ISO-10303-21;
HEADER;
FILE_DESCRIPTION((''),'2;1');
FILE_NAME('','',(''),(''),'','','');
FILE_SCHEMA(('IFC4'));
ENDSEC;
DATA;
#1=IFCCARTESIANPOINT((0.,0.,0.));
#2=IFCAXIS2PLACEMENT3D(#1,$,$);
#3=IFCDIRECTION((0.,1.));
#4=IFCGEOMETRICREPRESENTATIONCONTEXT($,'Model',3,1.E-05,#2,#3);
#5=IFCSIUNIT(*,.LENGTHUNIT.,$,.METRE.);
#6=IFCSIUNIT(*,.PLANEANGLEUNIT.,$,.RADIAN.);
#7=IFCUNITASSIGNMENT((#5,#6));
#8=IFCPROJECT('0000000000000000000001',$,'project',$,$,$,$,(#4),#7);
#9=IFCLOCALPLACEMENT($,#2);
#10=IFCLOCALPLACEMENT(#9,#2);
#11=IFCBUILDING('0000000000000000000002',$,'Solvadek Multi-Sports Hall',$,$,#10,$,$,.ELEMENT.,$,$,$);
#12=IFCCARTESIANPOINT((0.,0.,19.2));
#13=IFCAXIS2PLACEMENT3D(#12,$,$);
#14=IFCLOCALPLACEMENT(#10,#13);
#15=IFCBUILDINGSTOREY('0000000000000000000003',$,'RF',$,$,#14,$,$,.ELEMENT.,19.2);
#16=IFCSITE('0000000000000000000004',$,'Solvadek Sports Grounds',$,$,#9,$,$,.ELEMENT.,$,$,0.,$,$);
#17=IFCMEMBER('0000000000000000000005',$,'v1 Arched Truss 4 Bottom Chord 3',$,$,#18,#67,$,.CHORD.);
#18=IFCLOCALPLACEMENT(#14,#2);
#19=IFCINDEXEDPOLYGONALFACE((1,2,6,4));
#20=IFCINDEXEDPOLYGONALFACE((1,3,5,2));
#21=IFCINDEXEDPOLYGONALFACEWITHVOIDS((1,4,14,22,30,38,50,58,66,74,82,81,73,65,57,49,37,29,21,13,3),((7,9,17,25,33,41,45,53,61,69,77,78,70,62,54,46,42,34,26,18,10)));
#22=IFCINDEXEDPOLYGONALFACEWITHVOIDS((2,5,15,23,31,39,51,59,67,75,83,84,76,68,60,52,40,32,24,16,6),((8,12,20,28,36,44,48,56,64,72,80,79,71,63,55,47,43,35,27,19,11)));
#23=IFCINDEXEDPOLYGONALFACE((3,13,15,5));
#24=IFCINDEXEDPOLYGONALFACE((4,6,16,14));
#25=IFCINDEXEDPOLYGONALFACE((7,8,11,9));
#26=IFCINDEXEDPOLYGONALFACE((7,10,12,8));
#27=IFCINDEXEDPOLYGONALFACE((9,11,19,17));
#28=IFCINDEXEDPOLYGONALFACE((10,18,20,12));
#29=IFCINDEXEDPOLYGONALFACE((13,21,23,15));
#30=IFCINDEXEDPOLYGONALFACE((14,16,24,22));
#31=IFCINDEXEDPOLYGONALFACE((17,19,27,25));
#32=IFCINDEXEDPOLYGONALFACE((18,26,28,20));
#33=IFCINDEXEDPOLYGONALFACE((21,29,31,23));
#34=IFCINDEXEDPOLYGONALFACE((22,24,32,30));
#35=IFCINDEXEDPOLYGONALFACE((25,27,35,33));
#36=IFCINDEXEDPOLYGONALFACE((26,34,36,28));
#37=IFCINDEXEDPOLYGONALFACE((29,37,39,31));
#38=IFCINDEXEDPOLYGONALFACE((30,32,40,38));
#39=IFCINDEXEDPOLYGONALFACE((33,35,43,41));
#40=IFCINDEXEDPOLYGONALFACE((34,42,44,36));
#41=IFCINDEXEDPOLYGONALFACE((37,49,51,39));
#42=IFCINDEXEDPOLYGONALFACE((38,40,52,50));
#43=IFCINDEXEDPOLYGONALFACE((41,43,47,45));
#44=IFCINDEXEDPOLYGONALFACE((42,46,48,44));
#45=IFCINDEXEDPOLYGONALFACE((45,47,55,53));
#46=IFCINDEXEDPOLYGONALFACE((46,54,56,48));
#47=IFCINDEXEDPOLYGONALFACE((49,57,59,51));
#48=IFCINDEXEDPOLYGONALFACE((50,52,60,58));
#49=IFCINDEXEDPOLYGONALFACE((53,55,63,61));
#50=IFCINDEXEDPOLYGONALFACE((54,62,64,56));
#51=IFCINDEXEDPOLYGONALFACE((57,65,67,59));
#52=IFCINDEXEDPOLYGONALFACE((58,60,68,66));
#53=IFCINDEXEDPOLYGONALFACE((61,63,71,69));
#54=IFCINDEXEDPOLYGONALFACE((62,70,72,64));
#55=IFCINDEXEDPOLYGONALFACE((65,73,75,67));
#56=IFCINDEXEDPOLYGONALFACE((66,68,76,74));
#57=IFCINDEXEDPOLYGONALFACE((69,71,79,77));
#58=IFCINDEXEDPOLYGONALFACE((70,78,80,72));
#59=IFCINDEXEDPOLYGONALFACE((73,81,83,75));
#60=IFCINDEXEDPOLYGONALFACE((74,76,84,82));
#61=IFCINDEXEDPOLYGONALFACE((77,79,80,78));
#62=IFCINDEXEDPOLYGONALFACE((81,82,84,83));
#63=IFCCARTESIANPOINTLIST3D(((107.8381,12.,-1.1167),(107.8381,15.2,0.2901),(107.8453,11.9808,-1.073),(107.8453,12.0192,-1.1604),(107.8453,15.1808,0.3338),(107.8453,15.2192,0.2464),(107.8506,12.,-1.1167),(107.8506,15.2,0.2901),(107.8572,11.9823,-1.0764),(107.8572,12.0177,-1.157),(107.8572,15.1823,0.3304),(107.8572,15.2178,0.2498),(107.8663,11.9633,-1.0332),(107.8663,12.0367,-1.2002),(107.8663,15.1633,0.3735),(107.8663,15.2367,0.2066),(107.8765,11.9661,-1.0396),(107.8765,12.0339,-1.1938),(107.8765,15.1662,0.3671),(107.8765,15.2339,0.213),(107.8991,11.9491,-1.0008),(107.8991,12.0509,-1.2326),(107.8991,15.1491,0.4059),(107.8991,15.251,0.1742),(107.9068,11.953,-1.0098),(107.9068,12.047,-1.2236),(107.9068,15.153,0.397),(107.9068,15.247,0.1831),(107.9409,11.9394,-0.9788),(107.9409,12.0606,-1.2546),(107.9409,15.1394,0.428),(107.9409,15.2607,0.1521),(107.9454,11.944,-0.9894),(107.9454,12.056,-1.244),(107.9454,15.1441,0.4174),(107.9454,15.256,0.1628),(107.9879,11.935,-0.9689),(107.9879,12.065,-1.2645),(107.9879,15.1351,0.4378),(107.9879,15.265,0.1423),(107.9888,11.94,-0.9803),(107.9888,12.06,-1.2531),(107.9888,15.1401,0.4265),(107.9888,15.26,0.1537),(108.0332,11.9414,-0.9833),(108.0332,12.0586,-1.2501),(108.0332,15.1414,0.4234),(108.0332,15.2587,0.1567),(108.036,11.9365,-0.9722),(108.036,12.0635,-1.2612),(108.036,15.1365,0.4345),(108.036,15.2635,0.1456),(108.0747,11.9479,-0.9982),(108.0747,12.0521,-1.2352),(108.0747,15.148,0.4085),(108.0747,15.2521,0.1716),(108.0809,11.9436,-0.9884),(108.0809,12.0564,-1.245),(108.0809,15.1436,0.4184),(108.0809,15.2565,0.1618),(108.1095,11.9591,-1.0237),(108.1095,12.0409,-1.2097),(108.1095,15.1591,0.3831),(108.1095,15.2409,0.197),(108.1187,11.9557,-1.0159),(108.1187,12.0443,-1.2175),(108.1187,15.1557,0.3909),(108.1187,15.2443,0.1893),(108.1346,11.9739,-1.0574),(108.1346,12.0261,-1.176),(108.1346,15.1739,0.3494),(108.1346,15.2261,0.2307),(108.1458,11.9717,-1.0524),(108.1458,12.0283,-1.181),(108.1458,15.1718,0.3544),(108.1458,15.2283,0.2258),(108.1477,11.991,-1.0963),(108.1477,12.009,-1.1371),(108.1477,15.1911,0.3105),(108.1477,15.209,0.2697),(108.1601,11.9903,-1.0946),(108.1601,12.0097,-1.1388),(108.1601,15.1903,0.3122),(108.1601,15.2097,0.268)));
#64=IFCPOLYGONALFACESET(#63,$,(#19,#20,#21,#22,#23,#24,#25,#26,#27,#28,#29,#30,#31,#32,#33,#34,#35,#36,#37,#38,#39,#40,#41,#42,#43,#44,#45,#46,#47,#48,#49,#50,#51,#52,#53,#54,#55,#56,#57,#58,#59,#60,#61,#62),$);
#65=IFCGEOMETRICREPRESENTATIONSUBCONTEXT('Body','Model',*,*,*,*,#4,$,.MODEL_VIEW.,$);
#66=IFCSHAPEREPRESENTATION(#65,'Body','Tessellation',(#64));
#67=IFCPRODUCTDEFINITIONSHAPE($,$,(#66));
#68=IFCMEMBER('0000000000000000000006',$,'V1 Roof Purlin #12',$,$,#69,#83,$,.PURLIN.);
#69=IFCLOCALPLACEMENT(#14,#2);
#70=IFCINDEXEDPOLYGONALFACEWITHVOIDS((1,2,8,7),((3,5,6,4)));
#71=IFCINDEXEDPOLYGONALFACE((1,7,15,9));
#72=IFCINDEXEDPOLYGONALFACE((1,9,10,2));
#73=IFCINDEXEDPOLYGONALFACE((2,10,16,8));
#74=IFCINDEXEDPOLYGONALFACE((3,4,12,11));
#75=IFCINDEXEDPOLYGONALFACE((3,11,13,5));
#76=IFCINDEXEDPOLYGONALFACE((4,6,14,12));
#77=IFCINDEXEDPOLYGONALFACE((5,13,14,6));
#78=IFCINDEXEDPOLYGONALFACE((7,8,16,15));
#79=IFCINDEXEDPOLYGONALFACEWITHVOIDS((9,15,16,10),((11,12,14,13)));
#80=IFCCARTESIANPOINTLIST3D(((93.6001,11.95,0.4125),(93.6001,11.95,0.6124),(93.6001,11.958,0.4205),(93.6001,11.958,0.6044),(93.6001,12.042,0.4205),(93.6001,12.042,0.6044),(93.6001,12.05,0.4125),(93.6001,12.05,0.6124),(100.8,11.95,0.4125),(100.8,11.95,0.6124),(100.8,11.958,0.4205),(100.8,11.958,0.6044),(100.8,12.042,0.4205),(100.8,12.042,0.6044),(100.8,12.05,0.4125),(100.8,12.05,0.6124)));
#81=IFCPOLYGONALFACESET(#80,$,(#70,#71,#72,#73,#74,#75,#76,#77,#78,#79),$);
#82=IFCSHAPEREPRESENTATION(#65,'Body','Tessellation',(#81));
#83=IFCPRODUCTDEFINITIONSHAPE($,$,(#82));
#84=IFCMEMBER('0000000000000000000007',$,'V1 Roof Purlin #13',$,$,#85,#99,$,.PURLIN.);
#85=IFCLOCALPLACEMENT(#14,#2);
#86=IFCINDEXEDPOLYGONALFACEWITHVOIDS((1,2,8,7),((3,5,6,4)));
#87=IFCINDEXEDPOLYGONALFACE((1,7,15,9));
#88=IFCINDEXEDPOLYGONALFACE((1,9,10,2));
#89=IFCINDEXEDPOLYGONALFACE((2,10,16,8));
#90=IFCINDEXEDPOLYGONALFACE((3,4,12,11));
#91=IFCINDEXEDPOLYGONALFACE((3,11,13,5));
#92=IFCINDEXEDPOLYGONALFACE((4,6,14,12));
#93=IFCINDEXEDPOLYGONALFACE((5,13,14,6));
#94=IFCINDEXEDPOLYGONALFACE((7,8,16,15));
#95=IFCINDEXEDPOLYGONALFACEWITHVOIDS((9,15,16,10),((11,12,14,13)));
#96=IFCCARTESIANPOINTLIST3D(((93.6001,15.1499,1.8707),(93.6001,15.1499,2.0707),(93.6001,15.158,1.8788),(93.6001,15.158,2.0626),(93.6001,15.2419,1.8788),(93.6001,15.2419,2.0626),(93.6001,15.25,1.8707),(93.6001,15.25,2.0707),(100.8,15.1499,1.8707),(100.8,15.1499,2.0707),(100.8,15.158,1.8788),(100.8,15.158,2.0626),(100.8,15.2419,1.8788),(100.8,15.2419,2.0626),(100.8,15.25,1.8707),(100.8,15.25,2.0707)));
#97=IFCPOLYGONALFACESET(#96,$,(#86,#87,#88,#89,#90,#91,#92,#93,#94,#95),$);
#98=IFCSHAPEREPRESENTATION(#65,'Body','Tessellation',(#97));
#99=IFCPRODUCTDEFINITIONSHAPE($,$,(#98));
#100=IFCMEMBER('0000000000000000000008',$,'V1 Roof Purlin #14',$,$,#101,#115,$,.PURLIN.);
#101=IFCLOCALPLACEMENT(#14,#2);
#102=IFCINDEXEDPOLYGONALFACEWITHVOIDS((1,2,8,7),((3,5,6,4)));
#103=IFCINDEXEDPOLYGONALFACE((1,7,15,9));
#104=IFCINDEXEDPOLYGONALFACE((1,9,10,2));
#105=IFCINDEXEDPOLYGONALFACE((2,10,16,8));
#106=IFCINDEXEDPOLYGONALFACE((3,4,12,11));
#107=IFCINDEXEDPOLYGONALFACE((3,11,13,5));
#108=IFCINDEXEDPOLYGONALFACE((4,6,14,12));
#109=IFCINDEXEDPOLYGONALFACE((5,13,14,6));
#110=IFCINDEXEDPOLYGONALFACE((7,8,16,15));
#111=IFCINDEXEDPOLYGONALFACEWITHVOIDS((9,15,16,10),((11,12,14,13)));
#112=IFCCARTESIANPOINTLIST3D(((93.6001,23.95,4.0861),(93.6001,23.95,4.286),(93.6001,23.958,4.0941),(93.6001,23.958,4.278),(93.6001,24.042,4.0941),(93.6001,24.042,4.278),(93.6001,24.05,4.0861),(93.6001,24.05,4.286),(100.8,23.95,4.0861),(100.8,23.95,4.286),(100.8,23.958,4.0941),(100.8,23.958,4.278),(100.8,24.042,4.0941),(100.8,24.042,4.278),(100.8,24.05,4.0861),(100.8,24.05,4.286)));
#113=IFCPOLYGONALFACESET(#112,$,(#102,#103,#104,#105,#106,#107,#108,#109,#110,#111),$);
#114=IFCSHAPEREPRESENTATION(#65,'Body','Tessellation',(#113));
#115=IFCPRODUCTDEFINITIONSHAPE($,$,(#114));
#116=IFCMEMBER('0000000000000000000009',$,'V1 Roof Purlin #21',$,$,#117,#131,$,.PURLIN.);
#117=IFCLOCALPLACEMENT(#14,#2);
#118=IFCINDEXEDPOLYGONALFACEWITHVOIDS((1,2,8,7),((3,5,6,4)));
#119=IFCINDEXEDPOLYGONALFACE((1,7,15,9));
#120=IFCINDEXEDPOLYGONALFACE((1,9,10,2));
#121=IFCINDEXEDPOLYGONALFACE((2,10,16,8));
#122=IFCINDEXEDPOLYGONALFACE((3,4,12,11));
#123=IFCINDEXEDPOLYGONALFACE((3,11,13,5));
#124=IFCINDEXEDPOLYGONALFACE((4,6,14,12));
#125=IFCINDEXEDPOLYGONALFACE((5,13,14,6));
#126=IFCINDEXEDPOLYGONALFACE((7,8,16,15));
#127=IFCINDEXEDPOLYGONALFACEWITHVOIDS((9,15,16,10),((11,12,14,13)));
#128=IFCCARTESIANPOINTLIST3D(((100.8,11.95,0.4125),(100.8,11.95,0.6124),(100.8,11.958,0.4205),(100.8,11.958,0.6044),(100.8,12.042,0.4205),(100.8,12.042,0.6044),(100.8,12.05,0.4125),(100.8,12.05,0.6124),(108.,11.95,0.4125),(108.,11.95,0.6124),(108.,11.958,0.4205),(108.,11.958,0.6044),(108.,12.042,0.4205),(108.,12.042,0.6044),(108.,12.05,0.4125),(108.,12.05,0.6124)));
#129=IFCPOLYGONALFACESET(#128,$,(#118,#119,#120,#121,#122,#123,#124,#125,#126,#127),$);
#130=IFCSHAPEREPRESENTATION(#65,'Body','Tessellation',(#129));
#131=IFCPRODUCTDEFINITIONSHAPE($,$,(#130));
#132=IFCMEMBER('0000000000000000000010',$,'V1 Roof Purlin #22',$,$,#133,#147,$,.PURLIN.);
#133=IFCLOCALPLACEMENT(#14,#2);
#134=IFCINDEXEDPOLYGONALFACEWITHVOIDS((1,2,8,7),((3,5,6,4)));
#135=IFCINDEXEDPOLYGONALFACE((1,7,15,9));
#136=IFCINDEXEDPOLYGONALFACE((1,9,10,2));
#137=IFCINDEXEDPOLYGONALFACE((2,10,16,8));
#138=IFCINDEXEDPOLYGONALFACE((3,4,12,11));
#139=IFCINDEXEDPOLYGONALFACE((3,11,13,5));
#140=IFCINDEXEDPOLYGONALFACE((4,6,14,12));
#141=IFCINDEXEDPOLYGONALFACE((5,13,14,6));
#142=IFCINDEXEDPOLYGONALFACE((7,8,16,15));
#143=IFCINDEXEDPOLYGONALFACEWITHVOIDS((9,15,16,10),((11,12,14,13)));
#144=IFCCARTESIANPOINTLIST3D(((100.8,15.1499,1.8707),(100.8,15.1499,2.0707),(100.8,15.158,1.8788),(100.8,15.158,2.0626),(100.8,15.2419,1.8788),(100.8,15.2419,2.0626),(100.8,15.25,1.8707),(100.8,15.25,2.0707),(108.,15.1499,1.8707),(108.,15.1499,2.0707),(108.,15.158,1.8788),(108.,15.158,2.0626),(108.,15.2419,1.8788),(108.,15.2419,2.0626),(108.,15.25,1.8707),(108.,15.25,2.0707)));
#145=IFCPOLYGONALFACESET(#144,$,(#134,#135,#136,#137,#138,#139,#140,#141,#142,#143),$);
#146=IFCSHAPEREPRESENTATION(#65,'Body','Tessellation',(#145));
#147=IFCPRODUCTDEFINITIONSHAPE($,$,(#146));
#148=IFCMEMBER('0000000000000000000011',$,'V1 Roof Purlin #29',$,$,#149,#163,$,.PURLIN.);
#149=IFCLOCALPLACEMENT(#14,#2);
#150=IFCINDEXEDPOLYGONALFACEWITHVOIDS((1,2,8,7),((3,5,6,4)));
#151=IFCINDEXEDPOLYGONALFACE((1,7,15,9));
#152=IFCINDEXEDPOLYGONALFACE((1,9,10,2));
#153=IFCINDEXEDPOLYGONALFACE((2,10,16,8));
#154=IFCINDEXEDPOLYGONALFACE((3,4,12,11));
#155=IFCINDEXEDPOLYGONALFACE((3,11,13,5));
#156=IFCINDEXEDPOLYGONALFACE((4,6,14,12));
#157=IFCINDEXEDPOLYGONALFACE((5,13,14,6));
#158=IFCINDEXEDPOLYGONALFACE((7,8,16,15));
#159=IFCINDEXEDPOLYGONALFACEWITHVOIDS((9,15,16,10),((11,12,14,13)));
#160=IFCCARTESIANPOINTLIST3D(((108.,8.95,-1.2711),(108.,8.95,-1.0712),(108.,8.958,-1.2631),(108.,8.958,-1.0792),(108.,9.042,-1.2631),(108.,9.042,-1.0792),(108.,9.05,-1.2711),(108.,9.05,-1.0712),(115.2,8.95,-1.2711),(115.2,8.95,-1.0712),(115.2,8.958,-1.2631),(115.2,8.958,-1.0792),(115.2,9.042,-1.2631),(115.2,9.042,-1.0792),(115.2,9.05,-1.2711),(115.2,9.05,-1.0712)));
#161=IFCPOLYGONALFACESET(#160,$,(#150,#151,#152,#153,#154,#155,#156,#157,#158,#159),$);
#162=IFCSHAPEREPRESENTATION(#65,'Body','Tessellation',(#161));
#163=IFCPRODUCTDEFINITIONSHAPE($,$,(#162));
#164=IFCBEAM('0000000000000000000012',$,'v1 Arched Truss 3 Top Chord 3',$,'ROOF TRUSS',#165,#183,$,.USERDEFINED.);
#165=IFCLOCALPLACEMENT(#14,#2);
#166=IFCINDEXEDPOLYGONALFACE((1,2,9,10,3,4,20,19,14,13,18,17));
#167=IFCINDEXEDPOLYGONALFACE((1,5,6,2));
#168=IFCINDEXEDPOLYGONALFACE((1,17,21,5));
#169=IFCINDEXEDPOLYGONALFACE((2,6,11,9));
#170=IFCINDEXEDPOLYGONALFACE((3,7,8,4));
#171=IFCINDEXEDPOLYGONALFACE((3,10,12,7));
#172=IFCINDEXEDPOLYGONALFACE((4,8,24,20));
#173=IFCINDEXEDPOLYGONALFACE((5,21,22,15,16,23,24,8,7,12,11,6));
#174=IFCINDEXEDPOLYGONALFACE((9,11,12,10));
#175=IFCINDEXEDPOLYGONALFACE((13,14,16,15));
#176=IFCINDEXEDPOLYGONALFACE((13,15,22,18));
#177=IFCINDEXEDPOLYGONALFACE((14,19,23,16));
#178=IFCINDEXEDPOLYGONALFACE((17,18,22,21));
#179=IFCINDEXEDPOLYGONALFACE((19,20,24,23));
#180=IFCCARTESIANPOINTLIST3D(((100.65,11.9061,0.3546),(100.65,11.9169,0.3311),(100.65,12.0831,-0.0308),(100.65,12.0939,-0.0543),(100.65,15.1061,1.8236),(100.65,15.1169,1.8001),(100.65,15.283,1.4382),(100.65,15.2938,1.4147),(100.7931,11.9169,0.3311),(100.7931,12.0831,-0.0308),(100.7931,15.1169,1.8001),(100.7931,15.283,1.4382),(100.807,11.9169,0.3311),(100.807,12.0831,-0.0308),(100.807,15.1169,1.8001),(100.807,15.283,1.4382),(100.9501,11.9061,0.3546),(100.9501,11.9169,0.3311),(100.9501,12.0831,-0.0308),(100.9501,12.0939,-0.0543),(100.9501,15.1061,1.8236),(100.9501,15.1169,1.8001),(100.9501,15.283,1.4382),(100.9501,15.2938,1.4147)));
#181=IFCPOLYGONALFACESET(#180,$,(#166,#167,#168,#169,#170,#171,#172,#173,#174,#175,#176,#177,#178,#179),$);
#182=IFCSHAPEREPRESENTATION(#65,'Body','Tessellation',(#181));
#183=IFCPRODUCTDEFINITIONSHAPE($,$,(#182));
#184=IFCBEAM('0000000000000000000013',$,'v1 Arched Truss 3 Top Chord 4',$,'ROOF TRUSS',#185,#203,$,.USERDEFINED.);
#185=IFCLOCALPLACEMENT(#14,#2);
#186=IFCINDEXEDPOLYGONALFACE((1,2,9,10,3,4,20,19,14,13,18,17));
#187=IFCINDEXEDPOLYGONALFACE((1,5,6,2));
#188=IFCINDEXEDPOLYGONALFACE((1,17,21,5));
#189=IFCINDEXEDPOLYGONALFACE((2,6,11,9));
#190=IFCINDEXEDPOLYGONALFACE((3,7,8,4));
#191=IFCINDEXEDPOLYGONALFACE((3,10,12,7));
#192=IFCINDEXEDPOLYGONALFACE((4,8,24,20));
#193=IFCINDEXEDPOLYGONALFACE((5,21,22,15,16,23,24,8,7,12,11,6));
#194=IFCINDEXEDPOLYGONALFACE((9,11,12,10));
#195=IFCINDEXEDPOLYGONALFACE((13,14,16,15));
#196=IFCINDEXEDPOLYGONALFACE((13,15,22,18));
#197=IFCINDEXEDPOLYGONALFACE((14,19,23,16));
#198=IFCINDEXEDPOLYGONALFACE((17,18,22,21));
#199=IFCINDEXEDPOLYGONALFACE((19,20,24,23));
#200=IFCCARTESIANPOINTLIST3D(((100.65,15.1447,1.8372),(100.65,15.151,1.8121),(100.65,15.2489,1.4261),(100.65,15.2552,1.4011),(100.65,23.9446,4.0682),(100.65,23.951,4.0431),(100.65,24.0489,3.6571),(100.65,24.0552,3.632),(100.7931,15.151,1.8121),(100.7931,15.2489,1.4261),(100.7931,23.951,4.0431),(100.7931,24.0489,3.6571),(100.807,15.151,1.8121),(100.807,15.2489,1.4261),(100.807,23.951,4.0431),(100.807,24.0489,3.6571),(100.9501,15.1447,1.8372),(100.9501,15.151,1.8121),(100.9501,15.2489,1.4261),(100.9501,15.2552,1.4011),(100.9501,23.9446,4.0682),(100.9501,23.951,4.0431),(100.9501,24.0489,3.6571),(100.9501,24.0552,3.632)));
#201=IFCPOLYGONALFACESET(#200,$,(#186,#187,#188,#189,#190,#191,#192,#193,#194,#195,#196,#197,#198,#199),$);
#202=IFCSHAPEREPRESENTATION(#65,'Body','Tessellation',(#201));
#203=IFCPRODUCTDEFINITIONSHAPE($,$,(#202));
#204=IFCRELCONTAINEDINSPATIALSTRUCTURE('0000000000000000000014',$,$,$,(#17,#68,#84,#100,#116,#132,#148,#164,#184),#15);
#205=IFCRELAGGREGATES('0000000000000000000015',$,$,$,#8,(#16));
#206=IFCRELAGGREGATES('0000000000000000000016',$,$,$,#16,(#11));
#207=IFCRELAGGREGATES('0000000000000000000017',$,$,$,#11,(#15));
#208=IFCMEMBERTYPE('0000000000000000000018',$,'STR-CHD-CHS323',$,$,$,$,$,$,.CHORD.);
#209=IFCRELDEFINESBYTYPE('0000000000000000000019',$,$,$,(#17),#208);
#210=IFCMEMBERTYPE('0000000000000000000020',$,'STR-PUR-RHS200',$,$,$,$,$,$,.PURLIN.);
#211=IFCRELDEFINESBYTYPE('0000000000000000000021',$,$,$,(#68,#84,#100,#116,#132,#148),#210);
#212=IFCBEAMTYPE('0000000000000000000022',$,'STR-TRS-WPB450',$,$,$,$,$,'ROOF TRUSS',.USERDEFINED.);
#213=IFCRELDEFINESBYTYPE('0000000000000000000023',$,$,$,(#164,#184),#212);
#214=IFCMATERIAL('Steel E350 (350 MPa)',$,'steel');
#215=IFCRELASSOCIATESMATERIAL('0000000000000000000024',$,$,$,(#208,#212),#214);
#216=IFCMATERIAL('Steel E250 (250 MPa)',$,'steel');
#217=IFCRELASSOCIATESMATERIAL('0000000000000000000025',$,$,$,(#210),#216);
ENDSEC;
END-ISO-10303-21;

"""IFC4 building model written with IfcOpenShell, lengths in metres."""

from ifc_helpers import new_model, si_unit, direction, frame, origin, origin_2d, place, context, subcontext, project, spatial, hollow_rectangle, hollow_circle, i_section, extrude, material, material_profile, profile_set, type_object, element, save


model = new_model("IFC4")

# Units and contexts
model_context = context("Model", 3, precision=1e-05, world=origin(), true_north=direction((0.0, 1.0)))
body_context = subcontext(model_context, "Body", "Model", "MODEL_VIEW")
ifc_project = project(units=[si_unit("LENGTHUNIT", "METRE"), si_unit("PLANEANGLEUNIT", "RADIAN")], contexts=[model_context])

# Site, building, storey
site_placement = place(None, origin())
site = spatial("IfcSite", under=ifc_project, at=site_placement, Name="Solvadek Sports Grounds", CompositionType="ELEMENT", RefElevation=0.0)
building_placement = place(site_placement, origin())
building = spatial("IfcBuilding", under=site, at=building_placement, Name="Solvadek Multi-Sports Hall", CompositionType="ELEMENT")
storey_placement = place(building_placement, frame((0.0, 0.0, 19.2)))
storey = spatial("IfcBuildingStorey", under=building, at=storey_placement, Name="RF", CompositionType="ELEMENT", Elevation=19.2)

# Members
ifc_material_1 = material(Name="Steel E350 (350 MPa)", Category="steel")
ifc_material_profile_1 = material_profile(ifc_material_1, hollow_circle(Radius=0.1619, WallThickness=0.0125, at=origin_2d()), Name="CHS 323.9x12.5")
ifc_profile_set_1 = profile_set([ifc_material_profile_1], Name="Steel E350 (350 MPa)")
member_type_1 = type_object("IfcMemberType", Name="STR-CHD-CHS323", PredefinedType="CHORD", material=ifc_profile_set_1)
member_1_placement = place(storey_placement, frame((108.0, 12.0, -1.1167), z_axis=(0.0, 0.915446, 0.402441), x_axis=(-1.0, 0.0, 0.0)))
element("IfcMember", 1, at=member_1_placement, inside=storey, type_object=member_type_1, Name="v1 Arched Truss 4 Bottom Chord 3", PredefinedType="CHORD", context=body_context, shape_type="SweptSolid", body=[
    extrude(hollow_circle(Radius=0.1619, WallThickness=0.0125, at=origin_2d()), origin(), (0.0, 0.0, 1.0), 3.4956),
])
ifc_material_2 = material(Name="Steel E250 (250 MPa)", Category="steel")
ifc_material_profile_2 = material_profile(ifc_material_2, hollow_rectangle(XDim=0.1001, YDim=0.2, WallThickness=0.0081, at=origin_2d()), Name="RHS 200x100x8")
ifc_profile_set_2 = profile_set([ifc_material_profile_2], Name="Steel E250 (250 MPa)")
member_type_2 = type_object("IfcMemberType", Name="STR-PUR-RHS200", PredefinedType="PURLIN", material=ifc_profile_set_2)
for number, where, z_axis, x_axis, name in (
    (2, (93.6001, 12.0, 0.5125), (1.0, 0.0, 0.0), (0.0, 1.0, 0.0), "V1 Roof Purlin #12"),
    (3, (93.6001, 15.2, 1.9707), (1.0, 0.0, 0.0), (0.0, 1.0, 0.0), "V1 Roof Purlin #13"),
    (4, (93.6001, 24.0, 4.186), (1.0, 0.0, 0.0), (0.0, 1.0, 0.0), "V1 Roof Purlin #14"),
    (5, (100.8, 12.0, 0.5125), (1.0, 0.0, 0.0), (0.0, 1.0, 0.0), "V1 Roof Purlin #21"),
    (6, (100.8, 15.2, 1.9707), (1.0, 0.0, 0.0), (0.0, 1.0, 0.0), "V1 Roof Purlin #22"),
    (7, (108.0, 9.0, -1.1711), (1.0, 0.0, 0.0), (0.0, 1.0, 0.0), "V1 Roof Purlin #29"),
):
    element("IfcMember", number, at=place(storey_placement, frame(where, z_axis=z_axis, x_axis=x_axis)), inside=storey, type_object=member_type_2, Name=name, PredefinedType="PURLIN", context=body_context, shape_type="SweptSolid", body=[
        extrude(hollow_rectangle(XDim=0.1001, YDim=0.2, WallThickness=0.0081, at=origin_2d()), origin(), (0.0, 0.0, 1.0), 7.2),
    ])

# Beams
ifc_material_profile_3 = material_profile(ifc_material_1, i_section(OverallWidth=0.3, OverallDepth=0.45, WebThickness=0.0139, FlangeThickness=0.0259, at=origin_2d()), Name="WPB 450")
ifc_profile_set_3 = profile_set([ifc_material_profile_3], Name="Steel E350 (350 MPa)")
beam_type = type_object("IfcBeamType", Name="STR-TRS-WPB450", ElementType="ROOF TRUSS", PredefinedType="USERDEFINED", material=ifc_profile_set_3)
beam_1_placement = place(storey_placement, frame((100.8, 12.0, 0.1501), z_axis=(0.0, 0.908812, 0.417206), x_axis=(-1.0, 0.0, 0.0)))
element("IfcBeam", 8, at=beam_1_placement, inside=storey, type_object=beam_type, Name="v1 Arched Truss 3 Top Chord 3", ObjectType="ROOF TRUSS", PredefinedType="USERDEFINED", context=body_context, shape_type="SweptSolid", body=[
    extrude(i_section(OverallWidth=0.3, OverallDepth=0.45, WebThickness=0.0139, FlangeThickness=0.0259, at=origin_2d()), origin(), (0.0, 0.0, 1.0), 3.521),
])
for number, where, z_axis, x_axis, name in (
    (9, (100.8, 15.2, 1.6191), (0.0, 0.969335, 0.245742), (-1.0, 0.0, 0.0), "v1 Arched Truss 3 Top Chord 4"),
):
    element("IfcBeam", number, at=place(storey_placement, frame(where, z_axis=z_axis, x_axis=x_axis)), inside=storey, type_object=beam_type, Name=name, ObjectType="ROOF TRUSS", PredefinedType="USERDEFINED", context=body_context, shape_type="SweptSolid", body=[
        extrude(i_section(OverallWidth=0.3, OverallDepth=0.45, WebThickness=0.0139, FlangeThickness=0.0259, at=origin_2d()), origin(), (0.0, 0.0, 1.0), 9.0784),
    ])

save(model, "model.ifc")
